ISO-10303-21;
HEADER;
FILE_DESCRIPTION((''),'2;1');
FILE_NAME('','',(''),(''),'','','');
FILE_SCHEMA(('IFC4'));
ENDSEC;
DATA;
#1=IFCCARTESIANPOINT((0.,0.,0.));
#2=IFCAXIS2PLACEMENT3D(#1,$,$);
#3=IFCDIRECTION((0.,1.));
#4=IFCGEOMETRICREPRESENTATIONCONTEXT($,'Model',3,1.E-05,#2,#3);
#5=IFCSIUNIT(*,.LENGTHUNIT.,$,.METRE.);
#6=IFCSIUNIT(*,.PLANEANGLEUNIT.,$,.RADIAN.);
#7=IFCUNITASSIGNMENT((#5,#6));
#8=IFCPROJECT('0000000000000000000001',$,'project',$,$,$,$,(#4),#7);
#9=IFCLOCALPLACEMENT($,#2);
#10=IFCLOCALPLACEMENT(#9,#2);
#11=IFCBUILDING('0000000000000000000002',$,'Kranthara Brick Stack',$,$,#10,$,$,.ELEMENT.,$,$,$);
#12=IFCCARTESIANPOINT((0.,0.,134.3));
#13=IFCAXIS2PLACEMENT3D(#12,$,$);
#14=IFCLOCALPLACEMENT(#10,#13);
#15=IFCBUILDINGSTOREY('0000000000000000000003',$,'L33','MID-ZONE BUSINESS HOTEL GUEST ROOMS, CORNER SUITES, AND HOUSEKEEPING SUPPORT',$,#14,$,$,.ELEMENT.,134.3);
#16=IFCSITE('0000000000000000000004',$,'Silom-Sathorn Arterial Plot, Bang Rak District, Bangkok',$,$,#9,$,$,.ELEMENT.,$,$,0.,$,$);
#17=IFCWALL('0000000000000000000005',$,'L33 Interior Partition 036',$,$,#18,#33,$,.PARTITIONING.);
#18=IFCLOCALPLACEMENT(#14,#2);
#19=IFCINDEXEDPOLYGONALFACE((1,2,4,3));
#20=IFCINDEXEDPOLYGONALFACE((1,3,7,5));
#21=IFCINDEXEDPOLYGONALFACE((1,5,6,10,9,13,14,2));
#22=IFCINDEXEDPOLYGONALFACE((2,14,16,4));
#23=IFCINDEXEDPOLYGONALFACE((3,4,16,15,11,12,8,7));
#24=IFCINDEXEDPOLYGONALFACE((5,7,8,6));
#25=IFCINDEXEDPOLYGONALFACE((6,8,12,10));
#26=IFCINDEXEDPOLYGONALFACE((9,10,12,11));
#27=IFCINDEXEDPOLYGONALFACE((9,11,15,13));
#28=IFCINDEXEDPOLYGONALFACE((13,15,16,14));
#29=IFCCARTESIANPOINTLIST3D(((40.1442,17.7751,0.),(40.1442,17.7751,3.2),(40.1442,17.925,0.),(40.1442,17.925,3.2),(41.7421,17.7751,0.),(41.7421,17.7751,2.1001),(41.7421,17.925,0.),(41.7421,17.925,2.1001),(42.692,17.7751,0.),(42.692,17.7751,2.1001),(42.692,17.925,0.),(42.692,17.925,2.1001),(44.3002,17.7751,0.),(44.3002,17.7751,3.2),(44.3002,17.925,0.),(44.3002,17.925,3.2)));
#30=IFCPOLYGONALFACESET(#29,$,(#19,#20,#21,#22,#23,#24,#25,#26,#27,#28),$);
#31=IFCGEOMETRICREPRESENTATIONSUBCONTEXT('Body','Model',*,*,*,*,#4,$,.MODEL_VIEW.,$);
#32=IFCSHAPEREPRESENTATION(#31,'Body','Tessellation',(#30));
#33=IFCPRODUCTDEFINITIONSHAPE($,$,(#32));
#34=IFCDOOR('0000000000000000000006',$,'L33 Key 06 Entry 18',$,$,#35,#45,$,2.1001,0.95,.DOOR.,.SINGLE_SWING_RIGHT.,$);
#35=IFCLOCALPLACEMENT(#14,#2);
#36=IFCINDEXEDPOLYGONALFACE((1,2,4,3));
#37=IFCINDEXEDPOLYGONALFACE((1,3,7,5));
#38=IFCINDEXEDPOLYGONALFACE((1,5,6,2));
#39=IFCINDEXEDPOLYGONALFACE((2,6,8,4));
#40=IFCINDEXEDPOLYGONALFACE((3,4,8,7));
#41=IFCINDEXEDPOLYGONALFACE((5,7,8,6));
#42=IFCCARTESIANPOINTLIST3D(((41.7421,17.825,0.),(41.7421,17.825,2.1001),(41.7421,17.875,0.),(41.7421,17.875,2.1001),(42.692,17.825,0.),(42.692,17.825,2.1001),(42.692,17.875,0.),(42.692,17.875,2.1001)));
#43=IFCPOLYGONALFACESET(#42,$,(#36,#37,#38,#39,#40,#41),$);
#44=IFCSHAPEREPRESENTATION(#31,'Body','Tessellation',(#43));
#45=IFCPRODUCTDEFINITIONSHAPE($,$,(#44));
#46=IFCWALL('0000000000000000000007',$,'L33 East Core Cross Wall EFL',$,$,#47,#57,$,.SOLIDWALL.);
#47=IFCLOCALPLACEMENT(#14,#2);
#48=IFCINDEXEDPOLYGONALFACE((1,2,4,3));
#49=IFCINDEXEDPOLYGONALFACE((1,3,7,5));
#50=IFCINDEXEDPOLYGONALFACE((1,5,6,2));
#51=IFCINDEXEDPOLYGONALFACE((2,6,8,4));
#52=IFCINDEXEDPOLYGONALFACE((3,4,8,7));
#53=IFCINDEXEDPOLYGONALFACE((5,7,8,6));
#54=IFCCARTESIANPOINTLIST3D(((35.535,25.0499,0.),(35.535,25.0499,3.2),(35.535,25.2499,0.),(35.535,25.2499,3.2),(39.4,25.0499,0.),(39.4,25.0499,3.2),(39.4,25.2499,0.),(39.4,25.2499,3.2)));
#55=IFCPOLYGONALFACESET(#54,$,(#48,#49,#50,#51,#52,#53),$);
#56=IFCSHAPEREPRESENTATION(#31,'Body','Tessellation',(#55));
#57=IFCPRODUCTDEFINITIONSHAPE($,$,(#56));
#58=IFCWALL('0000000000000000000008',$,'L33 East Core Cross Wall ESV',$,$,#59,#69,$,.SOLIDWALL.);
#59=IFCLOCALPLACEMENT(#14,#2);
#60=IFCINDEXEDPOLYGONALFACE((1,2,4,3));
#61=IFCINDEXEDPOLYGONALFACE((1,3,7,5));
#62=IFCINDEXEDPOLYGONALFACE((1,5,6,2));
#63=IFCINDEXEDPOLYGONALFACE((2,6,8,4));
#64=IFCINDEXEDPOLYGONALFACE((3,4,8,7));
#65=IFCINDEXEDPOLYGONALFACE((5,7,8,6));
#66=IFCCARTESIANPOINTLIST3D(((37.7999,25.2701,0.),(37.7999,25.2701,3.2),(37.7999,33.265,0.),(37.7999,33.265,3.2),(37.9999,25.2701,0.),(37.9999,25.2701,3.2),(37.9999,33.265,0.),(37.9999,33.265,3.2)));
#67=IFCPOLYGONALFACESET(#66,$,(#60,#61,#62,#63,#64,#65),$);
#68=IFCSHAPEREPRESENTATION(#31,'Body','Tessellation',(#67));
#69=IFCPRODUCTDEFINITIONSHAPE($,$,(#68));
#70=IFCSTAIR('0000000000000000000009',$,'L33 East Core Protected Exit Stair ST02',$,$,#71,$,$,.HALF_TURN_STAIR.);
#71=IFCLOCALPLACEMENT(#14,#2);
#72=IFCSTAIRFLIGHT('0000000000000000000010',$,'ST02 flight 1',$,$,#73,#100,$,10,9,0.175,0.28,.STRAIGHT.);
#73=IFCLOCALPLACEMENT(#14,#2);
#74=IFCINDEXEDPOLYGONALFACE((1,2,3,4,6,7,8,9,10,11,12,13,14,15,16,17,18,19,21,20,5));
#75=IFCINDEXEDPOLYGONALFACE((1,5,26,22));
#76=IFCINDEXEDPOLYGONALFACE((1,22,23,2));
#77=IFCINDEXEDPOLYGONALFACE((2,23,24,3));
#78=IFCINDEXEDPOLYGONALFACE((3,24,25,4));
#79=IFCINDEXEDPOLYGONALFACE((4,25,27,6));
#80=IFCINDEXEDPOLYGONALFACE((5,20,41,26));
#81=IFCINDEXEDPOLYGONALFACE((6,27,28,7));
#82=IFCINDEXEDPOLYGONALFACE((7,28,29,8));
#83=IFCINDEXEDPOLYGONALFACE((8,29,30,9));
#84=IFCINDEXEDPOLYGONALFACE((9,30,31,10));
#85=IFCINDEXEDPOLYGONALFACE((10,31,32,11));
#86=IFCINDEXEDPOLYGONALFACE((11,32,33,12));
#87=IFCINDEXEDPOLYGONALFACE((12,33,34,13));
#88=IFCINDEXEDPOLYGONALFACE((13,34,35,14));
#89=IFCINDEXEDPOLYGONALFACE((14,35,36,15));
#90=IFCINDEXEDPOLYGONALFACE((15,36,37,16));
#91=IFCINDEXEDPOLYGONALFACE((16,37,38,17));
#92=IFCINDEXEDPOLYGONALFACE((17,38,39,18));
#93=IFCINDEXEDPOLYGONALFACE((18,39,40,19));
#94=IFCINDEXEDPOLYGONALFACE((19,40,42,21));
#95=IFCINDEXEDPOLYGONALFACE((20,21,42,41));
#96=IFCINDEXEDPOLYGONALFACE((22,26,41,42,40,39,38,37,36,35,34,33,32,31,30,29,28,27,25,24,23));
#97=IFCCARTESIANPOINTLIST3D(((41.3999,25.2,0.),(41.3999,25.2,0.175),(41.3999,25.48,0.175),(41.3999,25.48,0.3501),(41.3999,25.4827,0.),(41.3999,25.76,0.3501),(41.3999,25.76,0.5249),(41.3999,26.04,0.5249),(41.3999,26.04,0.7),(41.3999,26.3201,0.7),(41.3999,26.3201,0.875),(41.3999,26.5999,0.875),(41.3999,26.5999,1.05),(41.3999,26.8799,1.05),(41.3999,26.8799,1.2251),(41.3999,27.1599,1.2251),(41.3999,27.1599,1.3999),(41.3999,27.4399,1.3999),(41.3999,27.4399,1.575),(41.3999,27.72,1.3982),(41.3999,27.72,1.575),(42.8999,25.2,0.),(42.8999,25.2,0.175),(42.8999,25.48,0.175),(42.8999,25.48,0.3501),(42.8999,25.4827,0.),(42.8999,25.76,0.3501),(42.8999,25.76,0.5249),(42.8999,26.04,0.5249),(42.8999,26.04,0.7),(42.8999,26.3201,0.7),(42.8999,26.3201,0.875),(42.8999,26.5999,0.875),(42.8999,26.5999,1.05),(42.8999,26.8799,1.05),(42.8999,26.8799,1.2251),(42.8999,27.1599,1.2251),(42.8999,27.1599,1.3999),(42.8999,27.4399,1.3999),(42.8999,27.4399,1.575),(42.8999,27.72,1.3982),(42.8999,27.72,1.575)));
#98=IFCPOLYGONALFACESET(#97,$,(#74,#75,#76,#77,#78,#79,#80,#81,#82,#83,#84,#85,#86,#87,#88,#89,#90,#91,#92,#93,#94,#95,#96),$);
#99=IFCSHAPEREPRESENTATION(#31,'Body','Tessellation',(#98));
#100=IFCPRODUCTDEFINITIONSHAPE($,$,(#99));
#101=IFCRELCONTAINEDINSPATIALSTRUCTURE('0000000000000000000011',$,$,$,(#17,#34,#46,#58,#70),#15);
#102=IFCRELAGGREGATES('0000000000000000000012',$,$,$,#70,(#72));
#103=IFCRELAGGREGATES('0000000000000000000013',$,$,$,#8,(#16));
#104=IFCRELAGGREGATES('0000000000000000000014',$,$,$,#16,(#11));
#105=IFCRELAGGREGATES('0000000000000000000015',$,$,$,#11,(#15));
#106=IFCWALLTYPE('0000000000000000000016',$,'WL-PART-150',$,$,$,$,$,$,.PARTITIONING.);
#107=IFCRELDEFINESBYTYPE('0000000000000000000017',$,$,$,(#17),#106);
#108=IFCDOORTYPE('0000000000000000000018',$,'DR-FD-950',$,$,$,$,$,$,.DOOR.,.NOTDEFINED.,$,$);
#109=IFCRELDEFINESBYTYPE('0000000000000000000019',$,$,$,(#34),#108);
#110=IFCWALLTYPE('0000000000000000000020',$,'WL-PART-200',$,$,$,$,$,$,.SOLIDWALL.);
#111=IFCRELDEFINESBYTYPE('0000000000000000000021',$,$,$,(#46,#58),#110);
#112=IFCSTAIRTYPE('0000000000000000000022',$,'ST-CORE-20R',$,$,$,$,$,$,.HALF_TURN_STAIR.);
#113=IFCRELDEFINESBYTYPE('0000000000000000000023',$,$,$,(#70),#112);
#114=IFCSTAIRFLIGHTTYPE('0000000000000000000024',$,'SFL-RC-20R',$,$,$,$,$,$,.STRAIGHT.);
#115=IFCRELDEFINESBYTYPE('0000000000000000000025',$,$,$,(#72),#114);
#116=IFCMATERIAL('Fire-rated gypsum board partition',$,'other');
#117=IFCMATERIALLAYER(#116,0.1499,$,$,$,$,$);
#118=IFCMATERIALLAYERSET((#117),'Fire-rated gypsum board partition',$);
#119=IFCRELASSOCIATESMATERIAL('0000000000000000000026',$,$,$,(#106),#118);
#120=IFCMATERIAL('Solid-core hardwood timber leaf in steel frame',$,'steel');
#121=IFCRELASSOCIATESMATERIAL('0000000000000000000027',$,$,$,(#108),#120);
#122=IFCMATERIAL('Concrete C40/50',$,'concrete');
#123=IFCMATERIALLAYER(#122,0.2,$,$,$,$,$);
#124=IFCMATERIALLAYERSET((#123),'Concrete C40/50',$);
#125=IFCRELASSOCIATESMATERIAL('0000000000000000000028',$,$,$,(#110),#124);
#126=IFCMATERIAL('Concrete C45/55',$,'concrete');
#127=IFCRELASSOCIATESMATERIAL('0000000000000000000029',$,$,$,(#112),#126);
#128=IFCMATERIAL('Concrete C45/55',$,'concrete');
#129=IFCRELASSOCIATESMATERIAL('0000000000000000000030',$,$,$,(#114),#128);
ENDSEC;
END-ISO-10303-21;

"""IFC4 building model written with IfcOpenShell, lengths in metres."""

from ifc_helpers import new_model, si_unit, direction, frame, frame_2d, origin, place, context, subcontext, project, spatial, polyline, rectangle, outline, extrude, material, layer, layer_set, type_object, element, fill, aggregate, save


model = new_model("IFC4")

# Units and contexts
model_context = context("Model", 3, precision=1e-05, world=origin(), true_north=direction((0.0, 1.0)))
body_context = subcontext(model_context, "Body", "Model", "MODEL_VIEW")
ifc_project = project(units=[si_unit("LENGTHUNIT", "METRE"), si_unit("PLANEANGLEUNIT", "RADIAN")], contexts=[model_context])

# Site, building, storey
site_placement = place(None, origin())
site = spatial("IfcSite", under=ifc_project, at=site_placement, Name="Silom-Sathorn Arterial Plot, Bang Rak District, Bangkok", CompositionType="ELEMENT", RefElevation=0.0)
building_placement = place(site_placement, origin())
building = spatial("IfcBuilding", under=site, at=building_placement, Name="Kranthara Brick Stack", CompositionType="ELEMENT")
storey_placement = place(building_placement, frame((0.0, 0.0, 134.3)))
storey = spatial("IfcBuildingStorey", under=building, at=storey_placement, Name="L33", Description="MID-ZONE BUSINESS HOTEL GUEST ROOMS, CORNER SUITES, AND HOUSEKEEPING SUPPORT", CompositionType="ELEMENT", Elevation=134.3)

# Shared definitions
ifc_material_1 = material(Name="Fire-rated gypsum board partition", Category="other")
ifc_layer_1 = layer(ifc_material_1, 0.1499)
ifc_layer_set_1 = layer_set([ifc_layer_1], Name="Fire-rated gypsum board partition")
wall_type_1 = type_object("IfcWallType", Name="WL-PART-150", PredefinedType="PARTITIONING", material=ifc_layer_set_1)

# Wall, opening, door
wall_1_placement = place(storey_placement, frame((40.144, 17.8501, 0.0), z_axis=(0.0, 0.0, 1.0), x_axis=(1.0, 0.0, 0.0)))
wall_1 = element("IfcWall", 1, at=wall_1_placement, inside=storey, type_object=wall_type_1, Name="L33 Interior Partition 036", PredefinedType="PARTITIONING", context=body_context, shape_type="SweptSolid", body=[
    extrude(rectangle(XDim=4.156, YDim=0.1499, at=frame_2d((2.0781, 0.0))), origin(), (0.0, 0.0, 1.0), 3.2),
])
opening_1_placement = place(wall_1_placement, frame((1.5979, 0.0, 0.0)))
opening_1 = element("IfcOpeningElement", 2, at=opening_1_placement, cuts=wall_1, PredefinedType="OPENING", context=body_context, shape_type="SweptSolid", body=[
    extrude(rectangle(XDim=0.95, YDim=2.1001, at=frame_2d((0.4751, 1.05))), frame((0.0, 0.085, 0.0), z_axis=(0.0, -1.0, 0.0), x_axis=(1.0, 0.0, 0.0)), (0.0, 0.0, 1.0), 0.1699),
])
ifc_material_2 = material(Name="Solid-core hardwood timber leaf in steel frame", Category="steel")
door_type_1 = type_object("IfcDoorType", Name="DR-FD-950", OperationType="NOTDEFINED", PredefinedType="DOOR", material=ifc_material_2)
door_1_placement = place(opening_1_placement, origin())
door_1 = element("IfcDoor", 3, at=door_1_placement, inside=storey, type_object=door_type_1, Name="L33 Key 06 Entry 18", OperationType="SINGLE_SWING_RIGHT", OverallHeight=2.1001, OverallWidth=0.95, PredefinedType="DOOR", context=body_context, shape_type="SweptSolid", body=[
    extrude(rectangle(XDim=0.95, YDim=2.1001, at=frame_2d((0.4751, 1.05))), frame((0.0, 0.0249, 0.0), z_axis=(0.0, -1.0, 0.0), x_axis=(1.0, 0.0, 0.0)), (0.0, 0.0, 1.0), 0.05),
])
fill(opening_1, door_1)

# Walls
ifc_material_3 = material(Name="Concrete C40/50", Category="concrete")
ifc_layer_2 = layer(ifc_material_3, 0.2)
ifc_layer_set_2 = layer_set([ifc_layer_2], Name="Concrete C40/50")
wall_type_2 = type_object("IfcWallType", Name="WL-PART-200", PredefinedType="SOLIDWALL", material=ifc_layer_set_2)
wall_2_placement = place(storey_placement, frame((35.5349, 25.1499, 0.0), z_axis=(0.0, 0.0, 1.0), x_axis=(1.0, 0.0, 0.0)))
element("IfcWall", 4, at=wall_2_placement, inside=storey, type_object=wall_type_2, Name="L33 East Core Cross Wall EFL", PredefinedType="SOLIDWALL", context=body_context, shape_type="SweptSolid", body=[
    extrude(rectangle(XDim=3.865, YDim=0.2, at=frame_2d((1.9326, 0.0))), origin(), (0.0, 0.0, 1.0), 3.2),
])
wall_3_placement = place(storey_placement, frame((37.8999, 25.27, 0.0), z_axis=(0.0, 0.0, 1.0), x_axis=(0.0, 1.0, 0.0)))
element("IfcWall", 5, at=wall_3_placement, inside=storey, type_object=wall_type_2, Name="L33 East Core Cross Wall ESV", PredefinedType="SOLIDWALL", context=body_context, shape_type="SweptSolid", body=[
    extrude(rectangle(XDim=7.9949, YDim=0.2, at=frame_2d((3.9976, 0.0))), origin(), (0.0, 0.0, 1.0), 3.2),
])

# Stair, stair flight
ifc_material_4 = material(Name="Concrete C45/55", Category="concrete")
stair_type = type_object("IfcStairType", Name="ST-CORE-20R", PredefinedType="HALF_TURN_STAIR", material=ifc_material_4)
stair_placement = place(storey_placement, origin())
stair = element("IfcStair", 6, at=stair_placement, inside=storey, type_object=stair_type, Name="L33 East Core Protected Exit Stair ST02", PredefinedType="HALF_TURN_STAIR")
ifc_material_5 = material(Name="Concrete C45/55", Category="concrete")
stair_flight_type = type_object("IfcStairFlightType", Name="SFL-RC-20R", PredefinedType="STRAIGHT", material=ifc_material_5)
stair_flight_placement = place(storey_placement, frame((42.1499, 25.2, 0.0), z_axis=(0.0, 0.0, 1.0), x_axis=(0.0, 1.0, 0.0)))
stair_flight = element("IfcStairFlight", 7, at=stair_flight_placement, type_object=stair_flight_type, Name="ST02 flight 1", NumberOfRisers=10, NumberOfTreads=9, PredefinedType="STRAIGHT", RiserHeight=0.175, TreadLength=0.28, context=body_context, shape_type="SweptSolid", body=[
    extrude(outline(polyline([(0.0, 0.0), (0.0, 0.175), (0.28, 0.175), (0.28, 0.3501), (0.5601, 0.3501), (0.5601, 0.5249), (0.8401, 0.5249), (0.8401, 0.7), (1.1201, 0.7), (1.1201, 0.875), (1.3999, 0.875), (1.3999, 1.05), (1.6799, 1.05), (1.6799, 1.2251), (1.96, 1.2251), (1.96, 1.3999), (2.24, 1.3999), (2.24, 1.575), (2.52, 1.575), (2.52, 1.75), (2.52, 1.3982), (0.2827, 0.0), (0.0, 0.0)])), frame((0.0, 0.75, 0.0), z_axis=(0.0, -1.0, 0.0), x_axis=(1.0, 0.0, 0.0)), (0.0, 0.0, 1.0), 1.5),
])
aggregate(stair, [stair_flight])

save(model, "model.ifc")
